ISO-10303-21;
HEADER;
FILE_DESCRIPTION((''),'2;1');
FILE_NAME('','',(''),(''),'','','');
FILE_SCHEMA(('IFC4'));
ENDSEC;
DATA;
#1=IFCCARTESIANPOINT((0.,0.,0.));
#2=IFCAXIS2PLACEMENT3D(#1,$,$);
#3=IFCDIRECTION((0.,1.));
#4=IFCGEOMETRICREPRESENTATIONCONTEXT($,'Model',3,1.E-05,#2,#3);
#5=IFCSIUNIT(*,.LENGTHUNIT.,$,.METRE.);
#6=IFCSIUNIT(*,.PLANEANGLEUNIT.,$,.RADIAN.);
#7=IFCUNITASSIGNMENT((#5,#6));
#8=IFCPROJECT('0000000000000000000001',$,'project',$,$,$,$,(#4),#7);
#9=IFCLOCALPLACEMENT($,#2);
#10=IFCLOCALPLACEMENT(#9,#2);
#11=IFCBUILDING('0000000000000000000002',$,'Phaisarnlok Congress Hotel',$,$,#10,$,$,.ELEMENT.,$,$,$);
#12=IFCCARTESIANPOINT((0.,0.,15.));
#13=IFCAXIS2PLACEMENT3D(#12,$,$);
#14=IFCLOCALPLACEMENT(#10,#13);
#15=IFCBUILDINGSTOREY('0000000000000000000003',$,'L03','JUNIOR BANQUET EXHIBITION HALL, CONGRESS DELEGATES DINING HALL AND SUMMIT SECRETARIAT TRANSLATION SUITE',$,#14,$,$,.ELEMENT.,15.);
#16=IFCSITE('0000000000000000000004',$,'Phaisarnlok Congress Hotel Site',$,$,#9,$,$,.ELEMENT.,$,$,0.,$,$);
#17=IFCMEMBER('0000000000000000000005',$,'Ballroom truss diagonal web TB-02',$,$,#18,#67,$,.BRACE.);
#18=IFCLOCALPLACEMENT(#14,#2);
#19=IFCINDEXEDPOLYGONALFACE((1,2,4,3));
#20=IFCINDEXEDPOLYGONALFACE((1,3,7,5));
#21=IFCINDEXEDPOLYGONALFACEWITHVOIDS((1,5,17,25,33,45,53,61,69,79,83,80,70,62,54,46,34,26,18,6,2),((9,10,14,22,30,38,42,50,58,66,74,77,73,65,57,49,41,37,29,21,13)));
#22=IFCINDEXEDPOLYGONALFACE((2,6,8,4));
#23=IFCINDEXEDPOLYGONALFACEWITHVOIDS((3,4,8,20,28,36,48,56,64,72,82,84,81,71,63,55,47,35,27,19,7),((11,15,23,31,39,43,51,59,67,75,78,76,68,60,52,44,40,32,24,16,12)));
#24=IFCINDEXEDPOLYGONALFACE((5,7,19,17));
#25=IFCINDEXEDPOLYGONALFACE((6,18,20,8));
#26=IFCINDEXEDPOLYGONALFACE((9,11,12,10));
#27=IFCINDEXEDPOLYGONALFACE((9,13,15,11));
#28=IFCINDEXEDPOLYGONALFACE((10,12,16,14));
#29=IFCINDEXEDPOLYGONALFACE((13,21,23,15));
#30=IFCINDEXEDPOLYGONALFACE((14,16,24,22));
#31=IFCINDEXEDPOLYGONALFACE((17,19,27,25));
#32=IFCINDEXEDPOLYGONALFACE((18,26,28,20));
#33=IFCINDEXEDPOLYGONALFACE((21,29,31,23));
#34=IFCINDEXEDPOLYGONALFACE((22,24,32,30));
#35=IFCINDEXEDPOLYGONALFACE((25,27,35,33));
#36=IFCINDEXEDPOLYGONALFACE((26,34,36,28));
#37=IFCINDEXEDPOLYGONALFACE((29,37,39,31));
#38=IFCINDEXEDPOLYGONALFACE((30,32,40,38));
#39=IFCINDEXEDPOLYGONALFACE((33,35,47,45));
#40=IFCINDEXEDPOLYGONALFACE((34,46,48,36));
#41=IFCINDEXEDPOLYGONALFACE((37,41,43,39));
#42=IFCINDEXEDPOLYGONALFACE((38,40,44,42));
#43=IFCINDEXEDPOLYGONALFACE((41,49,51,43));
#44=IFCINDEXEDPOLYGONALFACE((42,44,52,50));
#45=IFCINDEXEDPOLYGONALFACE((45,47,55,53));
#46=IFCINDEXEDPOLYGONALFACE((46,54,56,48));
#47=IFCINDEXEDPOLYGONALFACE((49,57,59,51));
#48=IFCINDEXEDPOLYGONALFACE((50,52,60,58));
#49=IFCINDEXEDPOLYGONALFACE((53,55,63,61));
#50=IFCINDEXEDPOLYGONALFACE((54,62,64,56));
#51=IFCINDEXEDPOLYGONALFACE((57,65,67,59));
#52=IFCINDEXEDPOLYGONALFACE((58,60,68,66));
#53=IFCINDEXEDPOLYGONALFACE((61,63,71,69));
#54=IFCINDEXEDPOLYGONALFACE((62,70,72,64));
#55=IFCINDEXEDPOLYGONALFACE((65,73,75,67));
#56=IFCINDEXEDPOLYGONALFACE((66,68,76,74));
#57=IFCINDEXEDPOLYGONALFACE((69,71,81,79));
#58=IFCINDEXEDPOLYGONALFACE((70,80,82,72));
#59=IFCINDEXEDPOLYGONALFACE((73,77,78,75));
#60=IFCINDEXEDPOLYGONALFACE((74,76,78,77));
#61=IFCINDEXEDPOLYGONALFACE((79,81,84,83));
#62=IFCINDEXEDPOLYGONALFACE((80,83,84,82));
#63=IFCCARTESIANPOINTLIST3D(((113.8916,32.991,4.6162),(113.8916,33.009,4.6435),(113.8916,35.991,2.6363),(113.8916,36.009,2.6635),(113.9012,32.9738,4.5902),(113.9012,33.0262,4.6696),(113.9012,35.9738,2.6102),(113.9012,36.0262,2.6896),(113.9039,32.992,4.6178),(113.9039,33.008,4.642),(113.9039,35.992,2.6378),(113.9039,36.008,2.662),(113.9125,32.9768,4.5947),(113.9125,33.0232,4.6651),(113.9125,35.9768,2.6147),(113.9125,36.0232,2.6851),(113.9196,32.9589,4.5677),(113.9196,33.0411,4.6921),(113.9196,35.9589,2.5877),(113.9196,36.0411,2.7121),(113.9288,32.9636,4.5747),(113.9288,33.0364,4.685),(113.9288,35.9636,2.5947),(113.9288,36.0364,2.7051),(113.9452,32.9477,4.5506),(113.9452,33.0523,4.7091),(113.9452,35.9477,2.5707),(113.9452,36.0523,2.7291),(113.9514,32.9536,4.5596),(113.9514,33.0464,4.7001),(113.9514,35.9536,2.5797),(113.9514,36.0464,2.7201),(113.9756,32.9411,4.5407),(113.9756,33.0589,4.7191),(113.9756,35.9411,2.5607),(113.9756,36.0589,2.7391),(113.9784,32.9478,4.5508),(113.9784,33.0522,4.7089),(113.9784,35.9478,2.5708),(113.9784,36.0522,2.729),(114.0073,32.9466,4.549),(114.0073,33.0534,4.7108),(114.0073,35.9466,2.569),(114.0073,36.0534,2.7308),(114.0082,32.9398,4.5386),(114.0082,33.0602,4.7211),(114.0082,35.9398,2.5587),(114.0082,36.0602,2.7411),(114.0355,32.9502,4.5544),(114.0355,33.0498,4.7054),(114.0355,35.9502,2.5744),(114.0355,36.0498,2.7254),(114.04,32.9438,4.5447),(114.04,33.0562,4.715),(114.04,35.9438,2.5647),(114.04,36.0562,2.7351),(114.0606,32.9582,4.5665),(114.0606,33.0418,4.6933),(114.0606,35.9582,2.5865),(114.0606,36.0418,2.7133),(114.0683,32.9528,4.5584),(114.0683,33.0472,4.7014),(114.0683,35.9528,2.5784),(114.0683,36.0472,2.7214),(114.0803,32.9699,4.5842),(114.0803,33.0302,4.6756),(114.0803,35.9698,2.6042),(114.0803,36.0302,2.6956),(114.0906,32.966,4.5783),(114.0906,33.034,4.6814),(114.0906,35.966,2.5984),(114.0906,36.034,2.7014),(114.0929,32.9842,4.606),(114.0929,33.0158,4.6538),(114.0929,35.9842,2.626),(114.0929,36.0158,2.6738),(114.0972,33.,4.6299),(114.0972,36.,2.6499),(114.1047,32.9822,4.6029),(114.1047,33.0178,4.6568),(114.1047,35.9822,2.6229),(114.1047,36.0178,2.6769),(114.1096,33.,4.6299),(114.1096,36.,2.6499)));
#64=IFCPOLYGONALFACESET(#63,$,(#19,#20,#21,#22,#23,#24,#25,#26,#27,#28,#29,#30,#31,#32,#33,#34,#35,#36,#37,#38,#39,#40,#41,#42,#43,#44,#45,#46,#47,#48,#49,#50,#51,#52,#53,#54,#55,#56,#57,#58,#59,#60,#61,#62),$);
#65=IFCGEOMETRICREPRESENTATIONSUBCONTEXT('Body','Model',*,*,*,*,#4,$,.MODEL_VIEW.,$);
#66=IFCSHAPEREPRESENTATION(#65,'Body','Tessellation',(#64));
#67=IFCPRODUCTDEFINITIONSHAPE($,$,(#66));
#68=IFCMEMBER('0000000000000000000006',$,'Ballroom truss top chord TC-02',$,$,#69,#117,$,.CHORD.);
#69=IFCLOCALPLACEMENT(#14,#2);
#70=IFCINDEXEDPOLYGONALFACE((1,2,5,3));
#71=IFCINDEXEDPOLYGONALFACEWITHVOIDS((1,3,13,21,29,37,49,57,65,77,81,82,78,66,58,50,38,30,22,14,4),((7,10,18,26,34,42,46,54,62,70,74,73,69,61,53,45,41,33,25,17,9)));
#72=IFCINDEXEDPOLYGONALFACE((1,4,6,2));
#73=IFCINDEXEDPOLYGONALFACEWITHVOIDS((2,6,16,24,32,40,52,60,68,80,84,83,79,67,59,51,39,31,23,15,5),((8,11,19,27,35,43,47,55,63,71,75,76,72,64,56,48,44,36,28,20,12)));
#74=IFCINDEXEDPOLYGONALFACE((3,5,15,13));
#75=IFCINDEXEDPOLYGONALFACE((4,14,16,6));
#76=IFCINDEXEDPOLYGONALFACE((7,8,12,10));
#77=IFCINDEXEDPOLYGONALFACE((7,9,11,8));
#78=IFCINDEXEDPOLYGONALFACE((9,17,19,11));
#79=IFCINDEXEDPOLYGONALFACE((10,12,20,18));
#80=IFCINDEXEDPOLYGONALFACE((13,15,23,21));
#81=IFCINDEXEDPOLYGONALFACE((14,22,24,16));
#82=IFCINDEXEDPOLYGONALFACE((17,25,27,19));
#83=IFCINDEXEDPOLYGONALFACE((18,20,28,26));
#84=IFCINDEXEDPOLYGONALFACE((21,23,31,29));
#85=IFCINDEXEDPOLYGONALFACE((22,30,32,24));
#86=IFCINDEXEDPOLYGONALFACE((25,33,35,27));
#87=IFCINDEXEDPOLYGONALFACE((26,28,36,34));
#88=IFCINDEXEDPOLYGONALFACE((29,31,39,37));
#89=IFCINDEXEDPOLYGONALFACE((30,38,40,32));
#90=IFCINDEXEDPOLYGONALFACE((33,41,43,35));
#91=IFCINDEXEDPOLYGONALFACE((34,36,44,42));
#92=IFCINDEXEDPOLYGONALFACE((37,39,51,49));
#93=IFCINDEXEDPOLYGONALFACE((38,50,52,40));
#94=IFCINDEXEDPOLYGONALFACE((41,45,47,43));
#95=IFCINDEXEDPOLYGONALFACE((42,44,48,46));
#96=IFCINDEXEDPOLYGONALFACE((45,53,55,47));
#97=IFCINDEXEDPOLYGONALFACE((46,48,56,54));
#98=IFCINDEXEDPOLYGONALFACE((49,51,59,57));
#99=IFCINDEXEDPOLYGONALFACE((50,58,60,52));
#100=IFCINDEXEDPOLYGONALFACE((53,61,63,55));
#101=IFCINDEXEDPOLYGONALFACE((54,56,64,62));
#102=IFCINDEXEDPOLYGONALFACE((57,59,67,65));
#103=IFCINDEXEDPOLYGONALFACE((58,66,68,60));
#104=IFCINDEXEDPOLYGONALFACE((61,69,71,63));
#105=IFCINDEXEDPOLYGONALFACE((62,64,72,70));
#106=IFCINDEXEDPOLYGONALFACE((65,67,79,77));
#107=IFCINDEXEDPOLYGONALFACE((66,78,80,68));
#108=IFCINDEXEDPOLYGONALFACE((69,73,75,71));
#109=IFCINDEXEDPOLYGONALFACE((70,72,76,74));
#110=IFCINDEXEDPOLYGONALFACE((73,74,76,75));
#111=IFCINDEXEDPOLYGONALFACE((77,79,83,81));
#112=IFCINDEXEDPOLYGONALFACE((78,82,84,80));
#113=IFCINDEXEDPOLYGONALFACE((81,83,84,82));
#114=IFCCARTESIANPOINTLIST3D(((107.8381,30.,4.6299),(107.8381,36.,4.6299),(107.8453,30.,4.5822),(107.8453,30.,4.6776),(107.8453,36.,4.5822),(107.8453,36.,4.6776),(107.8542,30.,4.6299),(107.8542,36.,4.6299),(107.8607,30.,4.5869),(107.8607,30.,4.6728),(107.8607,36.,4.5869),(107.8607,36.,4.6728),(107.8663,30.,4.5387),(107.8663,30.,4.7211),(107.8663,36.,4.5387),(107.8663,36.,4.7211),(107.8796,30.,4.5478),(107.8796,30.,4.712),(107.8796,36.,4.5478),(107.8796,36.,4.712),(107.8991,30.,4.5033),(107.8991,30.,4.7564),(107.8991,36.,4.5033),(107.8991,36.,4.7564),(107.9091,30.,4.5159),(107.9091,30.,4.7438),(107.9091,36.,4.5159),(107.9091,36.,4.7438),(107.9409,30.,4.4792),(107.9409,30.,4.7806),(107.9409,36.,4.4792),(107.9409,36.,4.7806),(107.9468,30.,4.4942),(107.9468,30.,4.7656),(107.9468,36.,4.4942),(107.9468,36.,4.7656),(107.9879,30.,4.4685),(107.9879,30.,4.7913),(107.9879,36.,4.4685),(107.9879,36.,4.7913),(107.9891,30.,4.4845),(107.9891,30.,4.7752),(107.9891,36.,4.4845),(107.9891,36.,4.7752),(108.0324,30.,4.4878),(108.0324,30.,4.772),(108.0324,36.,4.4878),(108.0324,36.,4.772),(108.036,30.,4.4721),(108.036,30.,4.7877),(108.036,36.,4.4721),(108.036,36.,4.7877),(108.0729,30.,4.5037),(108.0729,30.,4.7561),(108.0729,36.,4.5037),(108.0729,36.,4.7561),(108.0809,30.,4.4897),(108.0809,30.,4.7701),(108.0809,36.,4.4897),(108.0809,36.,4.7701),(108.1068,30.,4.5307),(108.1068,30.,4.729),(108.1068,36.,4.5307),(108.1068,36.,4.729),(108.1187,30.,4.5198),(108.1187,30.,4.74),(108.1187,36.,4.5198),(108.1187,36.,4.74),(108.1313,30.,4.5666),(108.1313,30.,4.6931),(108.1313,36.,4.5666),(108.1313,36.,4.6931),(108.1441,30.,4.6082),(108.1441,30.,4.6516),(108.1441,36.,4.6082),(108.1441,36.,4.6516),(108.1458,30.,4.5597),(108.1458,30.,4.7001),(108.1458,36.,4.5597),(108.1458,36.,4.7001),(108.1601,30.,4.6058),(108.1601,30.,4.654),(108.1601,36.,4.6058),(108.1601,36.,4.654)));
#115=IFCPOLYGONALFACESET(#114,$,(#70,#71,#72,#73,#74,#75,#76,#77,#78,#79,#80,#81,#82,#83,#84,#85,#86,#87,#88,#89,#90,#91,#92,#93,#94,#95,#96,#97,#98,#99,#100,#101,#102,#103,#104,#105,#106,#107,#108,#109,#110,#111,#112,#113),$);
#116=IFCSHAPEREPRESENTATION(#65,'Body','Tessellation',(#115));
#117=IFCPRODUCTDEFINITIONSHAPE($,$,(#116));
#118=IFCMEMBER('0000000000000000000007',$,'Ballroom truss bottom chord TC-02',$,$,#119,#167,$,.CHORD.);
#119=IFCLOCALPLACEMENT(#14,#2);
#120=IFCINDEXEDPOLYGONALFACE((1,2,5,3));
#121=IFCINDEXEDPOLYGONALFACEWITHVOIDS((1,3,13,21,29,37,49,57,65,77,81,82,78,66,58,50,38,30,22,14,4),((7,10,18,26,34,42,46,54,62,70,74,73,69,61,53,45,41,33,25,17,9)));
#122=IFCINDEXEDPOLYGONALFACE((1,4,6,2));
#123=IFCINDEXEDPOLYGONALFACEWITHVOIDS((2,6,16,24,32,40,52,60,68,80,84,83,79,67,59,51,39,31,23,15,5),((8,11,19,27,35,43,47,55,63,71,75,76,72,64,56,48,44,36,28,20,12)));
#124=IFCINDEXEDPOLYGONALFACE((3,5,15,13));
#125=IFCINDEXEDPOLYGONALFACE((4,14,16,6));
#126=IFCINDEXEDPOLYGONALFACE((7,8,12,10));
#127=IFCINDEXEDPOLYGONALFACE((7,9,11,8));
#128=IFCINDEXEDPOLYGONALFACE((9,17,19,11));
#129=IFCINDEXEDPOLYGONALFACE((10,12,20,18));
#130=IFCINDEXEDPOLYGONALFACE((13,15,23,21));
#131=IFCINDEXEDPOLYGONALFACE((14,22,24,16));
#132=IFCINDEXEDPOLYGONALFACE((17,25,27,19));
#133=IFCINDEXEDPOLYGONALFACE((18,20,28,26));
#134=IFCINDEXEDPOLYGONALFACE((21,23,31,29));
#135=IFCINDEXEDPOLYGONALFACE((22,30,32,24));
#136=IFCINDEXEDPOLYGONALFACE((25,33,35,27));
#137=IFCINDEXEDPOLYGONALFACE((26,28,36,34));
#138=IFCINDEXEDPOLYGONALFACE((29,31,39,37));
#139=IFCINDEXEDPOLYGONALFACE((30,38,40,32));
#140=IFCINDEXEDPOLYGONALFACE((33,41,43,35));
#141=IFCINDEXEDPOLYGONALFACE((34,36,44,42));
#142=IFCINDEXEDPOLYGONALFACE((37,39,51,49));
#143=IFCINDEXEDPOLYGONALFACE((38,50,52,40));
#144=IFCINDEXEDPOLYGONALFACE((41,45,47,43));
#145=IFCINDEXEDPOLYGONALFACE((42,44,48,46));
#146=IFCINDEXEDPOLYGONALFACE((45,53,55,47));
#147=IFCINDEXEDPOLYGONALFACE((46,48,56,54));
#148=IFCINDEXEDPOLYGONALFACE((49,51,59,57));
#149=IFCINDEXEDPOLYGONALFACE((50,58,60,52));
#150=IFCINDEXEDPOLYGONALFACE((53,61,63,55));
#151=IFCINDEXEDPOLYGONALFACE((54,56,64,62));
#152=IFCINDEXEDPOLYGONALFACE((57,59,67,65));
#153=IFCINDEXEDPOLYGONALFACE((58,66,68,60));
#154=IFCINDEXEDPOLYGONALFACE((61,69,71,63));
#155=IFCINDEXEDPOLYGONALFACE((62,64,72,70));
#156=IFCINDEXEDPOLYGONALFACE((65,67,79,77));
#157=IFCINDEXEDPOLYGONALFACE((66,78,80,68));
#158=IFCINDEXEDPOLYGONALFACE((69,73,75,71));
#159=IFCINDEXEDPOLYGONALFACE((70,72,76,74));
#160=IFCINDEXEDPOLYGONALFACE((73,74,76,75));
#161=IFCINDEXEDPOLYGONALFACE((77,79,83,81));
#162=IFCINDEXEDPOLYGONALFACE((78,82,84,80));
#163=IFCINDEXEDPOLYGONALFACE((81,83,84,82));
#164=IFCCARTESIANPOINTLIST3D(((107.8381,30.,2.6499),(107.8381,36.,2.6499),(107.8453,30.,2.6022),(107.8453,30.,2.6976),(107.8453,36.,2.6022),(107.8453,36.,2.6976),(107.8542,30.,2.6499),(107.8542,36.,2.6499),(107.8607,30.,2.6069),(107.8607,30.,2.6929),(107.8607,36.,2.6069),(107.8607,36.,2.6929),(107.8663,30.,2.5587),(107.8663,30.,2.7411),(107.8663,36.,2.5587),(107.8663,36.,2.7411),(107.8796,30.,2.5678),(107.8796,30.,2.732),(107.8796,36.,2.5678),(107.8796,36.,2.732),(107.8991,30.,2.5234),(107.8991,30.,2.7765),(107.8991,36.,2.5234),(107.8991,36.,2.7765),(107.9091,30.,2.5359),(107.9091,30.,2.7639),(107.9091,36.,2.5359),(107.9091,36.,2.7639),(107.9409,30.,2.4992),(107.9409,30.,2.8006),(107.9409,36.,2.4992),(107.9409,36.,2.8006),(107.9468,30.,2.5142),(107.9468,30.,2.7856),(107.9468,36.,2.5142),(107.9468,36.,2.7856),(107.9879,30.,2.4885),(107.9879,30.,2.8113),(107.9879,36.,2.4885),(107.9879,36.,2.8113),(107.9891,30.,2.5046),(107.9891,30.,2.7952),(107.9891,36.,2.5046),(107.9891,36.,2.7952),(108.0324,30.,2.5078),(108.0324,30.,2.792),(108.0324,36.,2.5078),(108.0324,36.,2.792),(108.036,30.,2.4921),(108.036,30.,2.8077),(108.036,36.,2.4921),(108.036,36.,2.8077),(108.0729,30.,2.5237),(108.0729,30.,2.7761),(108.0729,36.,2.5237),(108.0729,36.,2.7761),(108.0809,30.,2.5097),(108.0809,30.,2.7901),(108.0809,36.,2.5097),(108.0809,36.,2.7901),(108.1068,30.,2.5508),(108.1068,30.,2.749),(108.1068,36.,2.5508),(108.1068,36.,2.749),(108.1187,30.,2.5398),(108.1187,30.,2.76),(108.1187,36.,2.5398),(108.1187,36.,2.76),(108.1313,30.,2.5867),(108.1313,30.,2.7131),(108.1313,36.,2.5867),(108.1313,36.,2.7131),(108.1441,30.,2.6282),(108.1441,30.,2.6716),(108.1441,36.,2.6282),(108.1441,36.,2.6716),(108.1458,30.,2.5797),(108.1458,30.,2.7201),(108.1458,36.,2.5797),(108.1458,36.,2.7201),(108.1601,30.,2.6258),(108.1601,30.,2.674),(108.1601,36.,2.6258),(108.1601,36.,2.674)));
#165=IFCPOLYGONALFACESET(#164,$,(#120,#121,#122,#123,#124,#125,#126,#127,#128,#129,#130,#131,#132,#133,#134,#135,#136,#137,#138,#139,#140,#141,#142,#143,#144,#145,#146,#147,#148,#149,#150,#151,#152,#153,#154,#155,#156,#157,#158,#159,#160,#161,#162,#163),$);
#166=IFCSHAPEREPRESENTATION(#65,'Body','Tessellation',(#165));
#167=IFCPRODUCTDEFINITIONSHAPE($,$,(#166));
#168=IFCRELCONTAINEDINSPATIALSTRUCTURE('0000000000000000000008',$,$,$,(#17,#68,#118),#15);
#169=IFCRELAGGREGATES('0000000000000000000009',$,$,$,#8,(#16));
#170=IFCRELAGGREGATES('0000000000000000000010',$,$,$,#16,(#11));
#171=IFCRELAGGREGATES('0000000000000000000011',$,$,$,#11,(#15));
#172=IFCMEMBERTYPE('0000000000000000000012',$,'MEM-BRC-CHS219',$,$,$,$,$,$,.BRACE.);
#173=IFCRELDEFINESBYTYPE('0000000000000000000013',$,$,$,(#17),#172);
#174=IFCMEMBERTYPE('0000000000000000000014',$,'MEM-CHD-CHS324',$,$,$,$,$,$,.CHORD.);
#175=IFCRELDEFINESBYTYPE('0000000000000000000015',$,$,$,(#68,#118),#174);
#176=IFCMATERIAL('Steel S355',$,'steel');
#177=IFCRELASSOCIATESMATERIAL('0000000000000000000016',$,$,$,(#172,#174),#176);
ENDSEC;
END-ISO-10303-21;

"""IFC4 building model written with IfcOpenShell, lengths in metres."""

from ifc_helpers import new_model, si_unit, direction, frame, origin, origin_2d, place, context, subcontext, project, spatial, hollow_circle, extrude, material, material_profile, profile_set, type_object, element, save


model = new_model("IFC4")

# Units and contexts
model_context = context("Model", 3, precision=1e-05, world=origin(), true_north=direction((0.0, 1.0)))
body_context = subcontext(model_context, "Body", "Model", "MODEL_VIEW")
ifc_project = project(units=[si_unit("LENGTHUNIT", "METRE"), si_unit("PLANEANGLEUNIT", "RADIAN")], contexts=[model_context])

# Site, building, storey
site_placement = place(None, origin())
site = spatial("IfcSite", under=ifc_project, at=site_placement, Name="Phaisarnlok Congress Hotel Site", CompositionType="ELEMENT", RefElevation=0.0)
building_placement = place(site_placement, origin())
building = spatial("IfcBuilding", under=site, at=building_placement, Name="Phaisarnlok Congress Hotel", CompositionType="ELEMENT")
storey_placement = place(building_placement, frame((0.0, 0.0, 15.0)))
storey = spatial("IfcBuildingStorey", under=building, at=storey_placement, Name="L03", Description="JUNIOR BANQUET EXHIBITION HALL, CONGRESS DELEGATES DINING HALL AND SUMMIT SECRETARIAT TRANSLATION SUITE", CompositionType="ELEMENT", Elevation=15.0)

# Shared definitions
ifc_material_1 = material(Name="Steel S355", Category="steel")

# Members
ifc_material_profile_1 = material_profile(ifc_material_1, hollow_circle(Radius=0.1096, WallThickness=0.0125, at=origin_2d()), Name="CHS 219.1x12.5")
ifc_profile_set_1 = profile_set([ifc_material_profile_1], Name="Steel S355")
member_type_1 = type_object("IfcMemberType", Name="MEM-BRC-CHS219", PredefinedType="BRACE", material=ifc_profile_set_1)
for number, where, z_axis, x_axis, name in (
    (1, (114.0, 36.0, 2.6499), (0.0, -0.834612, 0.550838), (1.0, 0.0, 0.0), "Ballroom truss diagonal web TB-02"),
):
    element("IfcMember", number, at=place(storey_placement, frame(where, z_axis=z_axis, x_axis=x_axis)), inside=storey, type_object=member_type_1, Name=name, PredefinedType="BRACE", context=body_context, shape_type="SweptSolid", body=[
        extrude(hollow_circle(Radius=0.1096, WallThickness=0.0125, at=origin_2d()), origin(), (0.0, 0.0, 1.0), 3.5945),
    ])
ifc_material_profile_2 = material_profile(ifc_material_1, hollow_circle(Radius=0.1619, WallThickness=0.0161, at=origin_2d()), Name="CHS 323.9x16")
ifc_profile_set_2 = profile_set([ifc_material_profile_2], Name="Steel S355")
member_type_2 = type_object("IfcMemberType", Name="MEM-CHD-CHS324", PredefinedType="CHORD", material=ifc_profile_set_2)
for number, where, z_axis, x_axis, name in (
    (2, (108.0, 30.0, 4.6299), (0.0, 1.0, 0.0), (-1.0, 0.0, 0.0), "Ballroom truss top chord TC-02"),
    (3, (108.0, 30.0, 2.6499), (0.0, 1.0, 0.0), (-1.0, 0.0, 0.0), "Ballroom truss bottom chord TC-02"),
):
    element("IfcMember", number, at=place(storey_placement, frame(where, z_axis=z_axis, x_axis=x_axis)), inside=storey, type_object=member_type_2, Name=name, PredefinedType="CHORD", context=body_context, shape_type="SweptSolid", body=[
        extrude(hollow_circle(Radius=0.1619, WallThickness=0.0161, at=origin_2d()), origin(), (0.0, 0.0, 1.0), 6.0),
    ])

save(model, "model.ifc")
